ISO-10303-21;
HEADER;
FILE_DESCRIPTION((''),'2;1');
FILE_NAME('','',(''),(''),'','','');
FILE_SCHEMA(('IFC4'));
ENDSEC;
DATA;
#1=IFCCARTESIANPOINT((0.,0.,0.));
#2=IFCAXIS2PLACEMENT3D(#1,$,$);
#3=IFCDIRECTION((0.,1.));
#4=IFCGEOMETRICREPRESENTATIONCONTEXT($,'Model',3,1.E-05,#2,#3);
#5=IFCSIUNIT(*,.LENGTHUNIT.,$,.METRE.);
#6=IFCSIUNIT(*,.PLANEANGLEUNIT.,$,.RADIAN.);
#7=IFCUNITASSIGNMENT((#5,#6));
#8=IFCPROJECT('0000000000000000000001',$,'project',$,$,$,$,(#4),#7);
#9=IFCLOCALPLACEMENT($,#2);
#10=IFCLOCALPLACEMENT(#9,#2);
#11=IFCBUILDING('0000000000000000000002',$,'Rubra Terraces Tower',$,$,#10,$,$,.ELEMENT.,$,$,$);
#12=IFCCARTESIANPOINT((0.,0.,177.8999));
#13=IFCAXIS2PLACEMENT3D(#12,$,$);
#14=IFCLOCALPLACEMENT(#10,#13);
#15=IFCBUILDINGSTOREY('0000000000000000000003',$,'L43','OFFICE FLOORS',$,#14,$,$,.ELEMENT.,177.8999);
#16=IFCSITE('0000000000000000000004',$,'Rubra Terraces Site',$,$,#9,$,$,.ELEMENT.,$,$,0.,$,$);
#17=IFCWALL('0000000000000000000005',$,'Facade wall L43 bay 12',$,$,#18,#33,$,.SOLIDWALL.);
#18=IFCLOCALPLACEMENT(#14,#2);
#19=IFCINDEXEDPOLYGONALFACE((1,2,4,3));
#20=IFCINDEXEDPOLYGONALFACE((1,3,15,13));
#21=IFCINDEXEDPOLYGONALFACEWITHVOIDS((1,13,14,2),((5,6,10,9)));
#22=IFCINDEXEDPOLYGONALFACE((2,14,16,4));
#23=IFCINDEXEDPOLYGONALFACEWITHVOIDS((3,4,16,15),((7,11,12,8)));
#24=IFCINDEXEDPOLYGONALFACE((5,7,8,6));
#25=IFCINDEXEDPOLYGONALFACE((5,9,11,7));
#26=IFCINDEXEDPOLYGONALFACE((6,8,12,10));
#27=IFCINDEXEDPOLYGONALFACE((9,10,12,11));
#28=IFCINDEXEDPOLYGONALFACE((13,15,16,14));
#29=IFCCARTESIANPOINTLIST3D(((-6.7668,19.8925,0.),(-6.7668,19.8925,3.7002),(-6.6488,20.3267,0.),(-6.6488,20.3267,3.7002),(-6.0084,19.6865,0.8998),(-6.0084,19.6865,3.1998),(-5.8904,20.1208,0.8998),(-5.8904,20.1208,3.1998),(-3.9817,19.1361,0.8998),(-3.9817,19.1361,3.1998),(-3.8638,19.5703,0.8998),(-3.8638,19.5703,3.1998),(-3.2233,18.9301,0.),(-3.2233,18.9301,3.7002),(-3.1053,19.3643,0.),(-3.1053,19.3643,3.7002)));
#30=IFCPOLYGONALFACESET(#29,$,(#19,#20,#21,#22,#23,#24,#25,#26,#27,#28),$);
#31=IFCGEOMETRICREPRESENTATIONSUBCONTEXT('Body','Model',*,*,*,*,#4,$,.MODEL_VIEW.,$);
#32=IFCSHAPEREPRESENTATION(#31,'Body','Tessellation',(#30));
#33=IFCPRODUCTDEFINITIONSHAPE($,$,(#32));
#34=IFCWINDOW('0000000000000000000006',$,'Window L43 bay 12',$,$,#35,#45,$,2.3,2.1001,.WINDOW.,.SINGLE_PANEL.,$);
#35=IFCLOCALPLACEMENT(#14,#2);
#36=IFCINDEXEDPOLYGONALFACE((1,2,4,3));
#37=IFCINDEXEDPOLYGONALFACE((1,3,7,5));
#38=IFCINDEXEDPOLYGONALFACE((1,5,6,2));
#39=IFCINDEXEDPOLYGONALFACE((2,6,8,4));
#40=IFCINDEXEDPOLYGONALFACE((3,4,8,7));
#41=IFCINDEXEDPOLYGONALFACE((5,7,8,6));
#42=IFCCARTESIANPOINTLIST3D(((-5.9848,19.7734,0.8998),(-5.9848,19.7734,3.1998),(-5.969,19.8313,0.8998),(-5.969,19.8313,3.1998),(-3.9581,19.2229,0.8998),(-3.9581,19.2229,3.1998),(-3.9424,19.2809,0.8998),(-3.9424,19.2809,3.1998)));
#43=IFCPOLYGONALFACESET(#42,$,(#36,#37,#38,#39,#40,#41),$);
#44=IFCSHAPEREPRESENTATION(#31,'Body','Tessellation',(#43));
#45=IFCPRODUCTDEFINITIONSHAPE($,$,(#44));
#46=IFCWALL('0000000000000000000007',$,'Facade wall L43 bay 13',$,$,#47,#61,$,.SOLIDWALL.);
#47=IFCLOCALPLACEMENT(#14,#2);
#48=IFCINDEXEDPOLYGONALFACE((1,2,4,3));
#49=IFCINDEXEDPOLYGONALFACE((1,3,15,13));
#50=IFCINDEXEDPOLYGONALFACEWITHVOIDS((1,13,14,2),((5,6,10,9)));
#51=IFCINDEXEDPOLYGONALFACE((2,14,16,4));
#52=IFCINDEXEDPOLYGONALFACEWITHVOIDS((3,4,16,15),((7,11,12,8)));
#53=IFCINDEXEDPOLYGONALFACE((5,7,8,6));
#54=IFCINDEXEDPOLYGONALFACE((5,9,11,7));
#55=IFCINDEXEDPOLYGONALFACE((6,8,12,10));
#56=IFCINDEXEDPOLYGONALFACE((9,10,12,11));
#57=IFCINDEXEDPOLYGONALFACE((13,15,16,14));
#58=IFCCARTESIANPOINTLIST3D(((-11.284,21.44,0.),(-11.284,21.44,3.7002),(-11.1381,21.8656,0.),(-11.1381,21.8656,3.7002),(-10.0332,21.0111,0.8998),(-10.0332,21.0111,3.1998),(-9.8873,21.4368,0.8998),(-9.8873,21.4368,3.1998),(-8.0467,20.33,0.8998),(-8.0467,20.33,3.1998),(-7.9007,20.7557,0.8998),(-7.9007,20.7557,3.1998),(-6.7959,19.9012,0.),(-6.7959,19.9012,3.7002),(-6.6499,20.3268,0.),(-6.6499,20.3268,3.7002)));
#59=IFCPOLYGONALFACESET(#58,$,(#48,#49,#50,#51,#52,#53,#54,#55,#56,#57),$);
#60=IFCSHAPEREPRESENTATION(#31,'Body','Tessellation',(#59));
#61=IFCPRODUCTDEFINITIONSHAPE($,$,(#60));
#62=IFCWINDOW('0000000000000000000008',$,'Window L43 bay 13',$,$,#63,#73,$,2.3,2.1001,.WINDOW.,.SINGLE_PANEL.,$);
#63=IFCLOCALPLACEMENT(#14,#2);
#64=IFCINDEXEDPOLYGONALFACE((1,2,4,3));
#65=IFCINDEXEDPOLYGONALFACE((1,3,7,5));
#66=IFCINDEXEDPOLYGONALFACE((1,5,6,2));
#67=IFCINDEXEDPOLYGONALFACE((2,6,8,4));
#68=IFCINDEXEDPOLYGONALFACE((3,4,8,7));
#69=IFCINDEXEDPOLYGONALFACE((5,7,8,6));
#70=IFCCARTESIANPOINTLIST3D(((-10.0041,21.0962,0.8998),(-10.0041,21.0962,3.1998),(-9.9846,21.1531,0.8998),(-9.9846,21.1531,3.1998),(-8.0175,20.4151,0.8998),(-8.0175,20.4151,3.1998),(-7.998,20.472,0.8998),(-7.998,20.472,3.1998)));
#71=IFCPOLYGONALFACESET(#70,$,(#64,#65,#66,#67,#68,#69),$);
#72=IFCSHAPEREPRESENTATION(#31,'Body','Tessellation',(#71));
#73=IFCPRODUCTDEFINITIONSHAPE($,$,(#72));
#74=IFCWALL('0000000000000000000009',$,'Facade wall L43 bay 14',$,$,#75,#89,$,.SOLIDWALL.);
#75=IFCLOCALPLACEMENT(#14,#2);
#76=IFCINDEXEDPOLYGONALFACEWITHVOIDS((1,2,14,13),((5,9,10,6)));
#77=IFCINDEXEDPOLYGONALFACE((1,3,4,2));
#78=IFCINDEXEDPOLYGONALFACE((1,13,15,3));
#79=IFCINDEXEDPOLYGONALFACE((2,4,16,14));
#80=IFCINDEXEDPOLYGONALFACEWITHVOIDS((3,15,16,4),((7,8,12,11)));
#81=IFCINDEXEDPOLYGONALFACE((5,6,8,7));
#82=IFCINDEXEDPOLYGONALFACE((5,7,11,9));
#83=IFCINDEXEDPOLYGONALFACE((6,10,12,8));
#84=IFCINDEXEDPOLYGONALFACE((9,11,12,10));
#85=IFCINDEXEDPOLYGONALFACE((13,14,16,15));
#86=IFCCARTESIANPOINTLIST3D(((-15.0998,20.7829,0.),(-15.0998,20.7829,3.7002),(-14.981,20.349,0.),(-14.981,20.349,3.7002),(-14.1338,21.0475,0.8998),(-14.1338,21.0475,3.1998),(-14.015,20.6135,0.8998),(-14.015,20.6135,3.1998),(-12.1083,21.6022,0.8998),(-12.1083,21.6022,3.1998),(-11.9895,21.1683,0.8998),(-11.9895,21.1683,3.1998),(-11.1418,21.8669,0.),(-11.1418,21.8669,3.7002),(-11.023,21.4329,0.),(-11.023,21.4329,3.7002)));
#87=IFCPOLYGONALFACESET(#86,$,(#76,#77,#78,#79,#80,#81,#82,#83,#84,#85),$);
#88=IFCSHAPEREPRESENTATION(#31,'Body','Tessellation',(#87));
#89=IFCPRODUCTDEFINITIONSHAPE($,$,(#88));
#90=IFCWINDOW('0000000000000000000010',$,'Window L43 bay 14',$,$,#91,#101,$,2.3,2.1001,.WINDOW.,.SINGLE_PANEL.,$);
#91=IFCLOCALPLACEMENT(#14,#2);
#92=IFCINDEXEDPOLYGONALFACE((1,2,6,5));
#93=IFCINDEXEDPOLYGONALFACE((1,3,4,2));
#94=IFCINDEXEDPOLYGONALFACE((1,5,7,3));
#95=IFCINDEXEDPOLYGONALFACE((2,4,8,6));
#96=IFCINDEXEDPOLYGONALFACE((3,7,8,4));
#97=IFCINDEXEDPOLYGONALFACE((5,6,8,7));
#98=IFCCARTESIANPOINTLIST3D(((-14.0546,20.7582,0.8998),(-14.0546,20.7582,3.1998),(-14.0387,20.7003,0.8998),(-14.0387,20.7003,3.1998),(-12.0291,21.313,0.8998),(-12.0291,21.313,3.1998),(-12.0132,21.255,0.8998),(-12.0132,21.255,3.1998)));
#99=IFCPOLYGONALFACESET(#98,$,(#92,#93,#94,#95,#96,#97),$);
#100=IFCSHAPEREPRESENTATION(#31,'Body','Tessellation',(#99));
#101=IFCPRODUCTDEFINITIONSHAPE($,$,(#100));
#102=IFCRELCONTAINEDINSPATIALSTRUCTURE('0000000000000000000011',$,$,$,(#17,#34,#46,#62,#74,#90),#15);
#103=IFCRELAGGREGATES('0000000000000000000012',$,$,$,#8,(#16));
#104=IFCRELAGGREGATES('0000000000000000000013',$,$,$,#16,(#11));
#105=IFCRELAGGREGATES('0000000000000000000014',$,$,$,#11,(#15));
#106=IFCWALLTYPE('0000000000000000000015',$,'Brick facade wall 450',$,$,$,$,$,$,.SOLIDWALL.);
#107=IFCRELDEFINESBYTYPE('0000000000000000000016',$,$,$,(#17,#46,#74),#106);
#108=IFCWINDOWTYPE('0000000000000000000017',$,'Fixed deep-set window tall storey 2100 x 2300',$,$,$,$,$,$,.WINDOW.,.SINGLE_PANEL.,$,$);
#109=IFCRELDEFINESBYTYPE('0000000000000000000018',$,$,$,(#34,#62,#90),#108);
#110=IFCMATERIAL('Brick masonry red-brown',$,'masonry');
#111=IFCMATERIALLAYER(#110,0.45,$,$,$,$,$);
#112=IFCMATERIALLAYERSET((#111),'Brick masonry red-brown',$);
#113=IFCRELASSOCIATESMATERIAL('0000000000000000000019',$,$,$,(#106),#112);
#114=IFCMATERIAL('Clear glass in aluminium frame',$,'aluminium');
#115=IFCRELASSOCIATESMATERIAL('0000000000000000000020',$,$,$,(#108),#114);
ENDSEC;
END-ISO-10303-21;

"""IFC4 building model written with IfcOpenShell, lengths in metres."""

from ifc_helpers import new_model, si_unit, direction, frame, frame_2d, origin, place, context, subcontext, project, spatial, rectangle, extrude, material, layer, layer_set, type_object, element, fill, save


model = new_model("IFC4")

# Units and contexts
model_context = context("Model", 3, precision=1e-05, world=origin(), true_north=direction((0.0, 1.0)))
body_context = subcontext(model_context, "Body", "Model", "MODEL_VIEW")
ifc_project = project(units=[si_unit("LENGTHUNIT", "METRE"), si_unit("PLANEANGLEUNIT", "RADIAN")], contexts=[model_context])

# Site, building, storey
site_placement = place(None, origin())
site = spatial("IfcSite", under=ifc_project, at=site_placement, Name="Rubra Terraces Site", CompositionType="ELEMENT", RefElevation=0.0)
building_placement = place(site_placement, origin())
building = spatial("IfcBuilding", under=site, at=building_placement, Name="Rubra Terraces Tower", CompositionType="ELEMENT")
storey_placement = place(building_placement, frame((0.0, 0.0, 177.8999)))
storey = spatial("IfcBuildingStorey", under=building, at=storey_placement, Name="L43", Description="OFFICE FLOORS", CompositionType="ELEMENT", Elevation=177.8999)

# Walls, openings, windows
ifc_material_1 = material(Name="Brick masonry red-brown", Category="masonry")
ifc_layer_1 = layer(ifc_material_1, 0.45)
ifc_layer_set_1 = layer_set([ifc_layer_1], Name="Brick masonry red-brown")
wall_type_1 = type_object("IfcWallType", Name="Brick facade wall 450", PredefinedType="SOLIDWALL", material=ifc_layer_set_1)
ifc_material_2 = material(Name="Clear glass in aluminium frame", Category="aluminium")
window_type = type_object("IfcWindowType", Name="Fixed deep-set window tall storey 2100 x 2300", PartitioningType="SINGLE_PANEL", PredefinedType="WINDOW", material=ifc_material_2)
wall_1_placement = place(storey_placement, frame((-3.1643, 19.1472, 0.0), z_axis=(0.0, 0.0, 1.0), x_axis=(-0.965039, 0.262105, 0.0)))
wall_1 = element("IfcWall", 1, at=wall_1_placement, inside=storey, type_object=wall_type_1, Name="Facade wall L43 bay 12", PredefinedType="SOLIDWALL", context=body_context, shape_type="SweptSolid", body=[
    extrude(rectangle(XDim=3.6719, YDim=0.45, at=frame_2d((1.8359, 0.0))), origin(), (0.0, 0.0, 1.0), 3.7002),
])
opening_1_placement = place(wall_1_placement, frame((0.7859, 0.0, 0.8999)))
opening_1 = element("IfcOpeningElement", 2, at=opening_1_placement, cuts=wall_1, PredefinedType="OPENING", context=body_context, shape_type="SweptSolid", body=[
    extrude(rectangle(XDim=2.1001, YDim=2.3, at=frame_2d((1.05, 1.1499))), frame((0.0, 0.2349, 0.0), z_axis=(0.0, -1.0, 0.0), x_axis=(1.0, 0.0, 0.0)), (0.0, 0.0, 1.0), 0.47),
])
window_1_placement = place(opening_1_placement, origin())
window_1 = element("IfcWindow", 3, at=window_1_placement, inside=storey, type_object=window_type, Name="Window L43 bay 12", OverallHeight=2.3, OverallWidth=2.1001, PartitioningType="SINGLE_PANEL", PredefinedType="WINDOW", context=body_context, shape_type="SweptSolid", body=[
    extrude(rectangle(XDim=2.1001, YDim=2.3, at=frame_2d((1.05, 1.1499))), frame((0.0, 0.135, 0.0), z_axis=(0.0, -1.0, 0.0), x_axis=(1.0, 0.0, 0.0)), (0.0, 0.0, 1.0), 0.0601),
])
fill(opening_1, window_1)
wall_2_placement = place(storey_placement, frame((-6.7229, 20.114, 0.0), z_axis=(0.0, 0.0, 1.0), x_axis=(-0.945947, 0.32432, 0.0)))
wall_2 = element("IfcWall", 4, at=wall_2_placement, inside=storey, type_object=wall_type_1, Name="Facade wall L43 bay 13", PredefinedType="SOLIDWALL", context=body_context, shape_type="SweptSolid", body=[
    extrude(rectangle(XDim=4.7446, YDim=0.45, at=frame_2d((2.3723, 0.0))), origin(), (0.0, 0.0, 1.0), 3.7002),
])
opening_2_placement = place(wall_2_placement, frame((1.3223, 0.0, 0.8999)))
opening_2 = element("IfcOpeningElement", 5, at=opening_2_placement, cuts=wall_2, PredefinedType="OPENING", context=body_context, shape_type="SweptSolid", body=[
    extrude(rectangle(XDim=2.1001, YDim=2.3, at=frame_2d((1.05, 1.1499))), frame((0.0, 0.2349, 0.0), z_axis=(0.0, -1.0, 0.0), x_axis=(1.0, 0.0, 0.0)), (0.0, 0.0, 1.0), 0.47),
])
window_2_placement = place(opening_2_placement, origin())
window_2 = element("IfcWindow", 6, at=window_2_placement, inside=storey, type_object=window_type, Name="Window L43 bay 13", OverallHeight=2.3, OverallWidth=2.1001, PartitioningType="SINGLE_PANEL", PredefinedType="WINDOW", context=body_context, shape_type="SweptSolid", body=[
    extrude(rectangle(XDim=2.1001, YDim=2.3, at=frame_2d((1.05, 1.1499))), frame((0.0, 0.135, 0.0), z_axis=(0.0, -1.0, 0.0), x_axis=(1.0, 0.0, 0.0)), (0.0, 0.0, 1.0), 0.0601),
])
fill(opening_2, window_2)
wall_3_placement = place(storey_placement, frame((-11.0825, 21.6499, 0.0), z_axis=(0.0, 0.0, 1.0), x_axis=(-0.964483, -0.264144, 0.0)))
wall_3 = element("IfcWall", 7, at=wall_3_placement, inside=storey, type_object=wall_type_1, Name="Facade wall L43 bay 14", PredefinedType="SOLIDWALL", context=body_context, shape_type="SweptSolid", body=[
    extrude(rectangle(XDim=4.1038, YDim=0.45, at=frame_2d((2.0518, 0.0))), origin(), (0.0, 0.0, 1.0), 3.7002),
])
opening_3_placement = place(wall_3_placement, frame((1.002, 0.0, 0.8999)))
opening_3 = element("IfcOpeningElement", 8, at=opening_3_placement, cuts=wall_3, PredefinedType="OPENING", context=body_context, shape_type="SweptSolid", body=[
    extrude(rectangle(XDim=2.1001, YDim=2.3, at=frame_2d((1.05, 1.1499))), frame((0.0, 0.2349, 0.0), z_axis=(0.0, -1.0, 0.0), x_axis=(1.0, 0.0, 0.0)), (0.0, 0.0, 1.0), 0.47),
])
window_3_placement = place(opening_3_placement, origin())
window_3 = element("IfcWindow", 9, at=window_3_placement, inside=storey, type_object=window_type, Name="Window L43 bay 14", OverallHeight=2.3, OverallWidth=2.1001, PartitioningType="SINGLE_PANEL", PredefinedType="WINDOW", context=body_context, shape_type="SweptSolid", body=[
    extrude(rectangle(XDim=2.1001, YDim=2.3, at=frame_2d((1.05, 1.1499))), frame((0.0, 0.135, 0.0), z_axis=(0.0, -1.0, 0.0), x_axis=(1.0, 0.0, 0.0)), (0.0, 0.0, 1.0), 0.0601),
])
fill(opening_3, window_3)

save(model, "model.ifc")
